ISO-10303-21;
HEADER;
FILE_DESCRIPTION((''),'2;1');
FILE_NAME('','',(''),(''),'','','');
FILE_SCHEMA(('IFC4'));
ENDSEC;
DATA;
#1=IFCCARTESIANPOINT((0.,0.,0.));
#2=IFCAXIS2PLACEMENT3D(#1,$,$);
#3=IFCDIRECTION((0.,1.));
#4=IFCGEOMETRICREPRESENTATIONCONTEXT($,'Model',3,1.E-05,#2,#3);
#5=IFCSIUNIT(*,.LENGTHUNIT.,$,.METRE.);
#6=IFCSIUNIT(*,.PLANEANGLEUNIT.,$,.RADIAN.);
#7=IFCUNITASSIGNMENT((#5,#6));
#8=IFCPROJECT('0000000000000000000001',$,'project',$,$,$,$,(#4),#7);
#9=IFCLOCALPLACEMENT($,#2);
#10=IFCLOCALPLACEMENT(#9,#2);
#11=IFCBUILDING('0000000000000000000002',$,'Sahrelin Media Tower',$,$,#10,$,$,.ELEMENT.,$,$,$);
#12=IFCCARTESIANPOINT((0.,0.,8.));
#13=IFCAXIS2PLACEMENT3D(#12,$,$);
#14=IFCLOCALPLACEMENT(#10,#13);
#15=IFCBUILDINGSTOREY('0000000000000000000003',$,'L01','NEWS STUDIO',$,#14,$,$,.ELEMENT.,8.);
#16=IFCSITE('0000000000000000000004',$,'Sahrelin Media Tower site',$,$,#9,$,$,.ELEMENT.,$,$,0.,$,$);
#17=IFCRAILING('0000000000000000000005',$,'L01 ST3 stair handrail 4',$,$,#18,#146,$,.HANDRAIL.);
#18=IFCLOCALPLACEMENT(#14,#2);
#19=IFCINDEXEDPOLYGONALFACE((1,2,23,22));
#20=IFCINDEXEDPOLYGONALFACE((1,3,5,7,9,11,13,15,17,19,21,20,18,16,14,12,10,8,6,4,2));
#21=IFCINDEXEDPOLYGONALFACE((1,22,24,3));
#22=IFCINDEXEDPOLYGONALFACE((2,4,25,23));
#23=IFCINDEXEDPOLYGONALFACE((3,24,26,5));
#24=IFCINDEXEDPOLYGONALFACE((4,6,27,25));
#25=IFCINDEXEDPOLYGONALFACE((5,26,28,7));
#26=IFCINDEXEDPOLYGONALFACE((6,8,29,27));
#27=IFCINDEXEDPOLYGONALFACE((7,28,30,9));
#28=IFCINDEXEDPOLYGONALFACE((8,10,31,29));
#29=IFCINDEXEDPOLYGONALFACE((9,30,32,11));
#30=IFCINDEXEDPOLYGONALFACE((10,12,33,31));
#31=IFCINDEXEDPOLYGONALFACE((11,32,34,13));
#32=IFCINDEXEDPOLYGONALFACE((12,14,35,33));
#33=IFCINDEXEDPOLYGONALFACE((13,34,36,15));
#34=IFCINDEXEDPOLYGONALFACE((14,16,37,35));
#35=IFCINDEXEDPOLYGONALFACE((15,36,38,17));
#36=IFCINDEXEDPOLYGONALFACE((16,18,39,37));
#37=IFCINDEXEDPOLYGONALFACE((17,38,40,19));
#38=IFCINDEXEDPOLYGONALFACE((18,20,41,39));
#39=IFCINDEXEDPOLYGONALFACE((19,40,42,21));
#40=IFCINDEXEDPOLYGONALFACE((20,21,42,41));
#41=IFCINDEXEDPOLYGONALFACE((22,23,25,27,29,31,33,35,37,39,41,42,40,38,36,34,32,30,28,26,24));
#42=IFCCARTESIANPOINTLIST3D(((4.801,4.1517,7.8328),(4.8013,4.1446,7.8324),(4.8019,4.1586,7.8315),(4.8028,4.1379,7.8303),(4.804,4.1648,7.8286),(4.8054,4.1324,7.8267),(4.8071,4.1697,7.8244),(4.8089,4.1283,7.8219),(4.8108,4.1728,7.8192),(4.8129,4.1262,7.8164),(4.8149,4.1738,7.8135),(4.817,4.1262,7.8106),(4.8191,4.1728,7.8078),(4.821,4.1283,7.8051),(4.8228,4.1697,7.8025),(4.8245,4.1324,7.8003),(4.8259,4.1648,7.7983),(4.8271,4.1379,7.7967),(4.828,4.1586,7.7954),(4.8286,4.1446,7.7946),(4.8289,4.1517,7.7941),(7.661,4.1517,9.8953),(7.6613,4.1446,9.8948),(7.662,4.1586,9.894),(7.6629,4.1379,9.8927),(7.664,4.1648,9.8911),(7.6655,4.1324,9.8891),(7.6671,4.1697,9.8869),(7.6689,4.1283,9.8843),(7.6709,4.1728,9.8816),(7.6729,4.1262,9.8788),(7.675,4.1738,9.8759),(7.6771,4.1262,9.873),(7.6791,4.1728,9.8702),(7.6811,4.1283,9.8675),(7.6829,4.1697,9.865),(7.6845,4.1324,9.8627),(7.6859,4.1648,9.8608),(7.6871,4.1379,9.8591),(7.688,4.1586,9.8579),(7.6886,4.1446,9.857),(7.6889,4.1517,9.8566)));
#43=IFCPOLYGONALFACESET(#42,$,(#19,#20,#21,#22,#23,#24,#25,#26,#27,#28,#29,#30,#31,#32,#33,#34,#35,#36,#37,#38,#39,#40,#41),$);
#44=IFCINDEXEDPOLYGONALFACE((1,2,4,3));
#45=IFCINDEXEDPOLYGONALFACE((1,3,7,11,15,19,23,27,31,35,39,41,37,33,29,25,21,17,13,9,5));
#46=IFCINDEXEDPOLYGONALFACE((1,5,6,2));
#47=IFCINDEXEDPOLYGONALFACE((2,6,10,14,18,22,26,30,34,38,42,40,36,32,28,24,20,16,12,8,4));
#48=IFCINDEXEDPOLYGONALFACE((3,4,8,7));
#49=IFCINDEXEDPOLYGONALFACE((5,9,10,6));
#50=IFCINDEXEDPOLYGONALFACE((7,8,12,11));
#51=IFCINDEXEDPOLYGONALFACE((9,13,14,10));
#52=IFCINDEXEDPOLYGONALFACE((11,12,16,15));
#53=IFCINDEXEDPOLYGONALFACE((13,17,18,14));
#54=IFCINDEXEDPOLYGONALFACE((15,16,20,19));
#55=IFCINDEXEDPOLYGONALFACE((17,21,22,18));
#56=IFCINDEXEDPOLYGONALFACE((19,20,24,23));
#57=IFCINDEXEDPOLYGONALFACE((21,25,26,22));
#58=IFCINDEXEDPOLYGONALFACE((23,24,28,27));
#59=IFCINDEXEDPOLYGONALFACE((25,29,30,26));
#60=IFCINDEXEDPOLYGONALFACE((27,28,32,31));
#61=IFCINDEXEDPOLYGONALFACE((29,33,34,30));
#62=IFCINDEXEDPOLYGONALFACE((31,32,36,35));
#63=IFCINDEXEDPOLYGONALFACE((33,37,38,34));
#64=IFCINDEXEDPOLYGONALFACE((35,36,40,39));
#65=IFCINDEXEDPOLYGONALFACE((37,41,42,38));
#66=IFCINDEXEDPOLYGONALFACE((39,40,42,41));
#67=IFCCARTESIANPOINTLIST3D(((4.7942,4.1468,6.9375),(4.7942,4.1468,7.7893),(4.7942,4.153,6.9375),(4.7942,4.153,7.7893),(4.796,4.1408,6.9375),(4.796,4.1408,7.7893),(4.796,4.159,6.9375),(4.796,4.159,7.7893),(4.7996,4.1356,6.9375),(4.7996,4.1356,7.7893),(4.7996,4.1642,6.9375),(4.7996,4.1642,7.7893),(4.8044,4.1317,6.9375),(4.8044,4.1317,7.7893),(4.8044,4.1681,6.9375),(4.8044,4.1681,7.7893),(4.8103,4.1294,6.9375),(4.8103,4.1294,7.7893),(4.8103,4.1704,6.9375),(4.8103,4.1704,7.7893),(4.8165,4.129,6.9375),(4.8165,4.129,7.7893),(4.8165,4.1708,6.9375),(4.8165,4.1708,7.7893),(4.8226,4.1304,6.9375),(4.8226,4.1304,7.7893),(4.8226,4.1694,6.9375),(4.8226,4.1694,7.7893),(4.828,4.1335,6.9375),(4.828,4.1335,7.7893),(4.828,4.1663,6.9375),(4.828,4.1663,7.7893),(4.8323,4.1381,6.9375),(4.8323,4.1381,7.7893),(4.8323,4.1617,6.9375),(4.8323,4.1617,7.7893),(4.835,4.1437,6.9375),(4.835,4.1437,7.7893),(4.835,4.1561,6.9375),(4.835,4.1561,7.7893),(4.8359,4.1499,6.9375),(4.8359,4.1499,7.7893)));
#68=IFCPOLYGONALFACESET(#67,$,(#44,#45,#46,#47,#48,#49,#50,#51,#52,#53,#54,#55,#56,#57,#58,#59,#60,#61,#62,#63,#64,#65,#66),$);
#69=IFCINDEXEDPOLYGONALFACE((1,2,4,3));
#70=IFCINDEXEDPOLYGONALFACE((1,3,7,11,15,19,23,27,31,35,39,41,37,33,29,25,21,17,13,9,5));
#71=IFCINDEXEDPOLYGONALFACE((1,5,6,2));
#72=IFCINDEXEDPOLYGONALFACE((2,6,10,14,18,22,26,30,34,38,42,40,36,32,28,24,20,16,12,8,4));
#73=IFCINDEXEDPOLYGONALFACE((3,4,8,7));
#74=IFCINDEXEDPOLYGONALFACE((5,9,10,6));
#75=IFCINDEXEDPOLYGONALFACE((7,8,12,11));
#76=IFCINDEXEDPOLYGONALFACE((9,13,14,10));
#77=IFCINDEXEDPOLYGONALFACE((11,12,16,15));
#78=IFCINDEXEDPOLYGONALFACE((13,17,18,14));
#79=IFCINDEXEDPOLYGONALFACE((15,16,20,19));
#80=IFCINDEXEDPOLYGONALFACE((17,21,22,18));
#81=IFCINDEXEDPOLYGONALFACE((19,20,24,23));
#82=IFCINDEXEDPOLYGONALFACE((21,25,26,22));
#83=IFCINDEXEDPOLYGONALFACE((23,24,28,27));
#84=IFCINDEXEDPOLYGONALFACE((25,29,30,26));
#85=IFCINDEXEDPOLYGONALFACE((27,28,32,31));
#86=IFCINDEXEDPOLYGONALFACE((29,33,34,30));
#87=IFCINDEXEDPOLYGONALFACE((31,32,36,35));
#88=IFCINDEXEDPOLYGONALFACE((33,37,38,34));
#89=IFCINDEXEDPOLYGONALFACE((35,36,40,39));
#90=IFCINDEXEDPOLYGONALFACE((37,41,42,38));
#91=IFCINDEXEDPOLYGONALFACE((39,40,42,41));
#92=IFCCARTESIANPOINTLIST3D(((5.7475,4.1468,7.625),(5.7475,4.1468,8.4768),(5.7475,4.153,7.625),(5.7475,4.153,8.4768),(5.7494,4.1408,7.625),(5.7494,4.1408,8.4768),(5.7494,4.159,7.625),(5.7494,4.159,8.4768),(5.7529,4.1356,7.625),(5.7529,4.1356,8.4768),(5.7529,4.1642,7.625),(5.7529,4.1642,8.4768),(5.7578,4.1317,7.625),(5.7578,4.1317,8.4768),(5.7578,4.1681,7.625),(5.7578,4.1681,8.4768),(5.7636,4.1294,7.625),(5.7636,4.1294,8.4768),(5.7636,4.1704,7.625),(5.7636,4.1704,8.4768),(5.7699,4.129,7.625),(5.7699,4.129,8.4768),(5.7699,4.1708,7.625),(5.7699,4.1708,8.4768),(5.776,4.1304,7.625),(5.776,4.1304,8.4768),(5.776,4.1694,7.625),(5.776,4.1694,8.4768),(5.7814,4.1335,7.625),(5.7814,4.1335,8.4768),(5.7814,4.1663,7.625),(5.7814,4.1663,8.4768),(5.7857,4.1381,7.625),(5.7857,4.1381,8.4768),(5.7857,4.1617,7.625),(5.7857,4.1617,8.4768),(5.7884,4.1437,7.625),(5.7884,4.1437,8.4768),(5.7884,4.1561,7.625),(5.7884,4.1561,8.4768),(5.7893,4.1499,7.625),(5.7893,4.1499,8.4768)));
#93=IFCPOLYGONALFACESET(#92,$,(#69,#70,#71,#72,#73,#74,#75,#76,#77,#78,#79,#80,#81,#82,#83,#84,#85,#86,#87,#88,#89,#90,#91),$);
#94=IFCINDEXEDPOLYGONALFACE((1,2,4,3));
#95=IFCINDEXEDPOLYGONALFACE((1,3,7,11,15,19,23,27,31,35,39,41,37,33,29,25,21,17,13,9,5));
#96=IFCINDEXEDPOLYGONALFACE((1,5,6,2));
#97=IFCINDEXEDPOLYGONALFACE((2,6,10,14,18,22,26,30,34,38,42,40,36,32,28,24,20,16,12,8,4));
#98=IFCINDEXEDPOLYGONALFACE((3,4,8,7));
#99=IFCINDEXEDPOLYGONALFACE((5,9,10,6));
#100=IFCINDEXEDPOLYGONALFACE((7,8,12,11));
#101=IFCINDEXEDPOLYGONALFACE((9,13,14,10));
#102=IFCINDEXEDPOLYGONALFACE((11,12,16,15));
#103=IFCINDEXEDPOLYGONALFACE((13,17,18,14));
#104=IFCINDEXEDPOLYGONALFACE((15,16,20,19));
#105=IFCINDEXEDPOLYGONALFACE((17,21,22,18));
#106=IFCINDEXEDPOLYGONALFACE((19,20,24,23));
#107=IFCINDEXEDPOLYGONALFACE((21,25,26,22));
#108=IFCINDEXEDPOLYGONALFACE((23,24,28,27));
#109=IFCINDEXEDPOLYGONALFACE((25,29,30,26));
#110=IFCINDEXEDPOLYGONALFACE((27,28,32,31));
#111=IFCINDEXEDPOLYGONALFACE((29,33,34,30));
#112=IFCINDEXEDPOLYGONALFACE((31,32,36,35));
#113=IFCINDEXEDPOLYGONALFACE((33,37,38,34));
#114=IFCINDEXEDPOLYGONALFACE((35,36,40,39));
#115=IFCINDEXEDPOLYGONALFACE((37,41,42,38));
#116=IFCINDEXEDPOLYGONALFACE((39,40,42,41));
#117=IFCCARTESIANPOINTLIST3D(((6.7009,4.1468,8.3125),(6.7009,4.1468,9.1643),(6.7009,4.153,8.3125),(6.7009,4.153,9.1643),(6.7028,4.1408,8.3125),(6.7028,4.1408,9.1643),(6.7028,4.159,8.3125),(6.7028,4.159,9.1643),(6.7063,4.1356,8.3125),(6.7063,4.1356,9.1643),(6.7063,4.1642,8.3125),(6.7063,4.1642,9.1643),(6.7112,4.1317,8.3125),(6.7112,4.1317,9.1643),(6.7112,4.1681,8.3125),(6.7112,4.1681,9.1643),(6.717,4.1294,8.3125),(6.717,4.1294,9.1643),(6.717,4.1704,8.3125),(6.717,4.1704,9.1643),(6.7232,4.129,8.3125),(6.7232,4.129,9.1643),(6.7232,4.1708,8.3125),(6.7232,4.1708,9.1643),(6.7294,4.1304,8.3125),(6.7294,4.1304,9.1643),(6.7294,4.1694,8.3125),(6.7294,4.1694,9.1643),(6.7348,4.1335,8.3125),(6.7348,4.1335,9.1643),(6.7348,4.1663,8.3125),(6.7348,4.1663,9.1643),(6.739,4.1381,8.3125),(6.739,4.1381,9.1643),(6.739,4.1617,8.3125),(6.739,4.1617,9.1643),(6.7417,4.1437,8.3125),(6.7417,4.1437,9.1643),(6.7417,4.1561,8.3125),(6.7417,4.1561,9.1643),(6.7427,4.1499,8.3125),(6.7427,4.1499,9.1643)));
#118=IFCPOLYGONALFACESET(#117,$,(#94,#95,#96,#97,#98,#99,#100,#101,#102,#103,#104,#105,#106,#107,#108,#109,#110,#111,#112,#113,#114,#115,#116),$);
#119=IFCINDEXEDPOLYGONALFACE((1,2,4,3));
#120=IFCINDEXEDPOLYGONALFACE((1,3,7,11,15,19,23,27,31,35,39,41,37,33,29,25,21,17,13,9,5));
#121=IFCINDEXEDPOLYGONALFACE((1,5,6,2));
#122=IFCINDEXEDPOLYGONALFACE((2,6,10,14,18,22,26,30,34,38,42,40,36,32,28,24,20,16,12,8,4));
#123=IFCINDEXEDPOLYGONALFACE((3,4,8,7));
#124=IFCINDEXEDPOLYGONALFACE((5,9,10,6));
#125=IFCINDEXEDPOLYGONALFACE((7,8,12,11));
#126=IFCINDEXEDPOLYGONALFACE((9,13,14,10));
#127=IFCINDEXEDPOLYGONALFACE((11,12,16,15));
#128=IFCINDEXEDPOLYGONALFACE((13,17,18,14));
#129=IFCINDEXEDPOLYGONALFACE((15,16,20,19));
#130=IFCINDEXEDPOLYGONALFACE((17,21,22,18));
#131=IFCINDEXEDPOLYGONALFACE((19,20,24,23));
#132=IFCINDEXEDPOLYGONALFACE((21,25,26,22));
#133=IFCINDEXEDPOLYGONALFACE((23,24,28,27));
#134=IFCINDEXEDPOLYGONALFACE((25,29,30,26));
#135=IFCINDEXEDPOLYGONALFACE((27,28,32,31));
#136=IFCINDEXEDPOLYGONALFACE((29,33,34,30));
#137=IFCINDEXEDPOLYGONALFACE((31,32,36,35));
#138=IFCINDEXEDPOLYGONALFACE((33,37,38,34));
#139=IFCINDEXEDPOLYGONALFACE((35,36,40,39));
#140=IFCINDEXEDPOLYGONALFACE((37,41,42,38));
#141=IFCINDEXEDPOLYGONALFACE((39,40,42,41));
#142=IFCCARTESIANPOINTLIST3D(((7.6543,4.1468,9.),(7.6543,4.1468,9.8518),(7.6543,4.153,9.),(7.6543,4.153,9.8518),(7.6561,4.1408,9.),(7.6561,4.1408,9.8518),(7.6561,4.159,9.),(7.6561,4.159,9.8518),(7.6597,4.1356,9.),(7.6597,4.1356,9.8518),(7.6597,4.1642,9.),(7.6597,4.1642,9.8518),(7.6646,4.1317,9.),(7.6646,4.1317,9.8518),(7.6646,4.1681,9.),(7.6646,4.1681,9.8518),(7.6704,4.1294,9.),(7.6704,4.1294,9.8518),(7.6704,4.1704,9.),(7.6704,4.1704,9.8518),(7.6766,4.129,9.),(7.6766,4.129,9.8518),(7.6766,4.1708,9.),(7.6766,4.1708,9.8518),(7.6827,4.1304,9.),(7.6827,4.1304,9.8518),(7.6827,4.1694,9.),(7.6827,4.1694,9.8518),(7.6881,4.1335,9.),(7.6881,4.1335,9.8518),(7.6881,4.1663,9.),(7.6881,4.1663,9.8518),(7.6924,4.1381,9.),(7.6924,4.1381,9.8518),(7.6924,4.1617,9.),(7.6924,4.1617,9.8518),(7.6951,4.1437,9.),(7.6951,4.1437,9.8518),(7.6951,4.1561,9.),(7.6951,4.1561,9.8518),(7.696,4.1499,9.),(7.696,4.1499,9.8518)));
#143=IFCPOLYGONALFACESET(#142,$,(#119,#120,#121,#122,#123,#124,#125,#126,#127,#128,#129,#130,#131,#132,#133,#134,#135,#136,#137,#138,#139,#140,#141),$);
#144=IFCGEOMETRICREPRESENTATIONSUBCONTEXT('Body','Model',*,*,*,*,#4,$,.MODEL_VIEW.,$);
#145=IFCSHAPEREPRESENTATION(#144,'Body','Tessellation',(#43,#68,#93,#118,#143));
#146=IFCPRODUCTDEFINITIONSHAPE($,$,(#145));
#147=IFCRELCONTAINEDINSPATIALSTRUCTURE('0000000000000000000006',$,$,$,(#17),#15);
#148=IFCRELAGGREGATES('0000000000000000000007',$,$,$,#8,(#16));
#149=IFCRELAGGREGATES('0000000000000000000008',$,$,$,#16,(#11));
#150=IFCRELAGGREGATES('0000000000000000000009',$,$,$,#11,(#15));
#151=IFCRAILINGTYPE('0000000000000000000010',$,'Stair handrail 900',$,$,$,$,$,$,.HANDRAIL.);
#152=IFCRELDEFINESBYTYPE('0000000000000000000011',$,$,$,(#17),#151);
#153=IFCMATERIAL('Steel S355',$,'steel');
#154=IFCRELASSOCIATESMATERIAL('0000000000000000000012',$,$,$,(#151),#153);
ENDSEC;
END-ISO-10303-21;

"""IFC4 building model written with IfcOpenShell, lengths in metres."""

from ifc_helpers import new_model, si_unit, direction, frame, origin, origin_2d, place, context, subcontext, project, spatial, circle, extrude, material, type_object, element, save


model = new_model("IFC4")

# Units and contexts
model_context = context("Model", 3, precision=1e-05, world=origin(), true_north=direction((0.0, 1.0)))
body_context = subcontext(model_context, "Body", "Model", "MODEL_VIEW")
ifc_project = project(units=[si_unit("LENGTHUNIT", "METRE"), si_unit("PLANEANGLEUNIT", "RADIAN")], contexts=[model_context])

# Site, building, storey
site_placement = place(None, origin())
site = spatial("IfcSite", under=ifc_project, at=site_placement, Name="Sahrelin Media Tower site", CompositionType="ELEMENT", RefElevation=0.0)
building_placement = place(site_placement, origin())
building = spatial("IfcBuilding", under=site, at=building_placement, Name="Sahrelin Media Tower", CompositionType="ELEMENT")
storey_placement = place(building_placement, frame((0.0, 0.0, 8.0)))
storey = spatial("IfcBuildingStorey", under=building, at=storey_placement, Name="L01", Description="NEWS STUDIO", CompositionType="ELEMENT", Elevation=8.0)

# Shared definitions
ifc_material_1 = material(Name="Steel S355", Category="steel")

# Railing
railing_type_1 = type_object("IfcRailingType", Name="Stair handrail 900", PredefinedType="HANDRAIL", material=ifc_material_1)
railing_1_placement = place(storey_placement, frame((4.8149, 4.1499, 6.9375)))
element("IfcRailing", 1, at=railing_1_placement, inside=storey, type_object=railing_type_1, Name="L01 ST3 stair handrail 4", PredefinedType="HANDRAIL", context=body_context, shape_type="SweptSolid", body=[
    extrude(circle(Radius=0.0239, at=origin_2d()), frame((0.0, 0.0, 0.876), z_axis=(0.811101, 0.0, 0.584906), x_axis=(0.0, 1.0, 0.0)), (0.0, 0.0, 1.0), 3.5261),
    extrude(circle(Radius=0.021, at=origin_2d()), origin(), (0.0, 0.0, 1.0), 0.8518),
    extrude(circle(Radius=0.021, at=origin_2d()), frame((0.9534, 0.0, 0.6875)), (0.0, 0.0, 1.0), 0.8518),
    extrude(circle(Radius=0.021, at=origin_2d()), frame((1.9067, 0.0, 1.375)), (0.0, 0.0, 1.0), 0.8518),
    extrude(circle(Radius=0.021, at=origin_2d()), frame((2.8601, 0.0, 2.0625)), (0.0, 0.0, 1.0), 0.8518),
])

save(model, "model.ifc")
